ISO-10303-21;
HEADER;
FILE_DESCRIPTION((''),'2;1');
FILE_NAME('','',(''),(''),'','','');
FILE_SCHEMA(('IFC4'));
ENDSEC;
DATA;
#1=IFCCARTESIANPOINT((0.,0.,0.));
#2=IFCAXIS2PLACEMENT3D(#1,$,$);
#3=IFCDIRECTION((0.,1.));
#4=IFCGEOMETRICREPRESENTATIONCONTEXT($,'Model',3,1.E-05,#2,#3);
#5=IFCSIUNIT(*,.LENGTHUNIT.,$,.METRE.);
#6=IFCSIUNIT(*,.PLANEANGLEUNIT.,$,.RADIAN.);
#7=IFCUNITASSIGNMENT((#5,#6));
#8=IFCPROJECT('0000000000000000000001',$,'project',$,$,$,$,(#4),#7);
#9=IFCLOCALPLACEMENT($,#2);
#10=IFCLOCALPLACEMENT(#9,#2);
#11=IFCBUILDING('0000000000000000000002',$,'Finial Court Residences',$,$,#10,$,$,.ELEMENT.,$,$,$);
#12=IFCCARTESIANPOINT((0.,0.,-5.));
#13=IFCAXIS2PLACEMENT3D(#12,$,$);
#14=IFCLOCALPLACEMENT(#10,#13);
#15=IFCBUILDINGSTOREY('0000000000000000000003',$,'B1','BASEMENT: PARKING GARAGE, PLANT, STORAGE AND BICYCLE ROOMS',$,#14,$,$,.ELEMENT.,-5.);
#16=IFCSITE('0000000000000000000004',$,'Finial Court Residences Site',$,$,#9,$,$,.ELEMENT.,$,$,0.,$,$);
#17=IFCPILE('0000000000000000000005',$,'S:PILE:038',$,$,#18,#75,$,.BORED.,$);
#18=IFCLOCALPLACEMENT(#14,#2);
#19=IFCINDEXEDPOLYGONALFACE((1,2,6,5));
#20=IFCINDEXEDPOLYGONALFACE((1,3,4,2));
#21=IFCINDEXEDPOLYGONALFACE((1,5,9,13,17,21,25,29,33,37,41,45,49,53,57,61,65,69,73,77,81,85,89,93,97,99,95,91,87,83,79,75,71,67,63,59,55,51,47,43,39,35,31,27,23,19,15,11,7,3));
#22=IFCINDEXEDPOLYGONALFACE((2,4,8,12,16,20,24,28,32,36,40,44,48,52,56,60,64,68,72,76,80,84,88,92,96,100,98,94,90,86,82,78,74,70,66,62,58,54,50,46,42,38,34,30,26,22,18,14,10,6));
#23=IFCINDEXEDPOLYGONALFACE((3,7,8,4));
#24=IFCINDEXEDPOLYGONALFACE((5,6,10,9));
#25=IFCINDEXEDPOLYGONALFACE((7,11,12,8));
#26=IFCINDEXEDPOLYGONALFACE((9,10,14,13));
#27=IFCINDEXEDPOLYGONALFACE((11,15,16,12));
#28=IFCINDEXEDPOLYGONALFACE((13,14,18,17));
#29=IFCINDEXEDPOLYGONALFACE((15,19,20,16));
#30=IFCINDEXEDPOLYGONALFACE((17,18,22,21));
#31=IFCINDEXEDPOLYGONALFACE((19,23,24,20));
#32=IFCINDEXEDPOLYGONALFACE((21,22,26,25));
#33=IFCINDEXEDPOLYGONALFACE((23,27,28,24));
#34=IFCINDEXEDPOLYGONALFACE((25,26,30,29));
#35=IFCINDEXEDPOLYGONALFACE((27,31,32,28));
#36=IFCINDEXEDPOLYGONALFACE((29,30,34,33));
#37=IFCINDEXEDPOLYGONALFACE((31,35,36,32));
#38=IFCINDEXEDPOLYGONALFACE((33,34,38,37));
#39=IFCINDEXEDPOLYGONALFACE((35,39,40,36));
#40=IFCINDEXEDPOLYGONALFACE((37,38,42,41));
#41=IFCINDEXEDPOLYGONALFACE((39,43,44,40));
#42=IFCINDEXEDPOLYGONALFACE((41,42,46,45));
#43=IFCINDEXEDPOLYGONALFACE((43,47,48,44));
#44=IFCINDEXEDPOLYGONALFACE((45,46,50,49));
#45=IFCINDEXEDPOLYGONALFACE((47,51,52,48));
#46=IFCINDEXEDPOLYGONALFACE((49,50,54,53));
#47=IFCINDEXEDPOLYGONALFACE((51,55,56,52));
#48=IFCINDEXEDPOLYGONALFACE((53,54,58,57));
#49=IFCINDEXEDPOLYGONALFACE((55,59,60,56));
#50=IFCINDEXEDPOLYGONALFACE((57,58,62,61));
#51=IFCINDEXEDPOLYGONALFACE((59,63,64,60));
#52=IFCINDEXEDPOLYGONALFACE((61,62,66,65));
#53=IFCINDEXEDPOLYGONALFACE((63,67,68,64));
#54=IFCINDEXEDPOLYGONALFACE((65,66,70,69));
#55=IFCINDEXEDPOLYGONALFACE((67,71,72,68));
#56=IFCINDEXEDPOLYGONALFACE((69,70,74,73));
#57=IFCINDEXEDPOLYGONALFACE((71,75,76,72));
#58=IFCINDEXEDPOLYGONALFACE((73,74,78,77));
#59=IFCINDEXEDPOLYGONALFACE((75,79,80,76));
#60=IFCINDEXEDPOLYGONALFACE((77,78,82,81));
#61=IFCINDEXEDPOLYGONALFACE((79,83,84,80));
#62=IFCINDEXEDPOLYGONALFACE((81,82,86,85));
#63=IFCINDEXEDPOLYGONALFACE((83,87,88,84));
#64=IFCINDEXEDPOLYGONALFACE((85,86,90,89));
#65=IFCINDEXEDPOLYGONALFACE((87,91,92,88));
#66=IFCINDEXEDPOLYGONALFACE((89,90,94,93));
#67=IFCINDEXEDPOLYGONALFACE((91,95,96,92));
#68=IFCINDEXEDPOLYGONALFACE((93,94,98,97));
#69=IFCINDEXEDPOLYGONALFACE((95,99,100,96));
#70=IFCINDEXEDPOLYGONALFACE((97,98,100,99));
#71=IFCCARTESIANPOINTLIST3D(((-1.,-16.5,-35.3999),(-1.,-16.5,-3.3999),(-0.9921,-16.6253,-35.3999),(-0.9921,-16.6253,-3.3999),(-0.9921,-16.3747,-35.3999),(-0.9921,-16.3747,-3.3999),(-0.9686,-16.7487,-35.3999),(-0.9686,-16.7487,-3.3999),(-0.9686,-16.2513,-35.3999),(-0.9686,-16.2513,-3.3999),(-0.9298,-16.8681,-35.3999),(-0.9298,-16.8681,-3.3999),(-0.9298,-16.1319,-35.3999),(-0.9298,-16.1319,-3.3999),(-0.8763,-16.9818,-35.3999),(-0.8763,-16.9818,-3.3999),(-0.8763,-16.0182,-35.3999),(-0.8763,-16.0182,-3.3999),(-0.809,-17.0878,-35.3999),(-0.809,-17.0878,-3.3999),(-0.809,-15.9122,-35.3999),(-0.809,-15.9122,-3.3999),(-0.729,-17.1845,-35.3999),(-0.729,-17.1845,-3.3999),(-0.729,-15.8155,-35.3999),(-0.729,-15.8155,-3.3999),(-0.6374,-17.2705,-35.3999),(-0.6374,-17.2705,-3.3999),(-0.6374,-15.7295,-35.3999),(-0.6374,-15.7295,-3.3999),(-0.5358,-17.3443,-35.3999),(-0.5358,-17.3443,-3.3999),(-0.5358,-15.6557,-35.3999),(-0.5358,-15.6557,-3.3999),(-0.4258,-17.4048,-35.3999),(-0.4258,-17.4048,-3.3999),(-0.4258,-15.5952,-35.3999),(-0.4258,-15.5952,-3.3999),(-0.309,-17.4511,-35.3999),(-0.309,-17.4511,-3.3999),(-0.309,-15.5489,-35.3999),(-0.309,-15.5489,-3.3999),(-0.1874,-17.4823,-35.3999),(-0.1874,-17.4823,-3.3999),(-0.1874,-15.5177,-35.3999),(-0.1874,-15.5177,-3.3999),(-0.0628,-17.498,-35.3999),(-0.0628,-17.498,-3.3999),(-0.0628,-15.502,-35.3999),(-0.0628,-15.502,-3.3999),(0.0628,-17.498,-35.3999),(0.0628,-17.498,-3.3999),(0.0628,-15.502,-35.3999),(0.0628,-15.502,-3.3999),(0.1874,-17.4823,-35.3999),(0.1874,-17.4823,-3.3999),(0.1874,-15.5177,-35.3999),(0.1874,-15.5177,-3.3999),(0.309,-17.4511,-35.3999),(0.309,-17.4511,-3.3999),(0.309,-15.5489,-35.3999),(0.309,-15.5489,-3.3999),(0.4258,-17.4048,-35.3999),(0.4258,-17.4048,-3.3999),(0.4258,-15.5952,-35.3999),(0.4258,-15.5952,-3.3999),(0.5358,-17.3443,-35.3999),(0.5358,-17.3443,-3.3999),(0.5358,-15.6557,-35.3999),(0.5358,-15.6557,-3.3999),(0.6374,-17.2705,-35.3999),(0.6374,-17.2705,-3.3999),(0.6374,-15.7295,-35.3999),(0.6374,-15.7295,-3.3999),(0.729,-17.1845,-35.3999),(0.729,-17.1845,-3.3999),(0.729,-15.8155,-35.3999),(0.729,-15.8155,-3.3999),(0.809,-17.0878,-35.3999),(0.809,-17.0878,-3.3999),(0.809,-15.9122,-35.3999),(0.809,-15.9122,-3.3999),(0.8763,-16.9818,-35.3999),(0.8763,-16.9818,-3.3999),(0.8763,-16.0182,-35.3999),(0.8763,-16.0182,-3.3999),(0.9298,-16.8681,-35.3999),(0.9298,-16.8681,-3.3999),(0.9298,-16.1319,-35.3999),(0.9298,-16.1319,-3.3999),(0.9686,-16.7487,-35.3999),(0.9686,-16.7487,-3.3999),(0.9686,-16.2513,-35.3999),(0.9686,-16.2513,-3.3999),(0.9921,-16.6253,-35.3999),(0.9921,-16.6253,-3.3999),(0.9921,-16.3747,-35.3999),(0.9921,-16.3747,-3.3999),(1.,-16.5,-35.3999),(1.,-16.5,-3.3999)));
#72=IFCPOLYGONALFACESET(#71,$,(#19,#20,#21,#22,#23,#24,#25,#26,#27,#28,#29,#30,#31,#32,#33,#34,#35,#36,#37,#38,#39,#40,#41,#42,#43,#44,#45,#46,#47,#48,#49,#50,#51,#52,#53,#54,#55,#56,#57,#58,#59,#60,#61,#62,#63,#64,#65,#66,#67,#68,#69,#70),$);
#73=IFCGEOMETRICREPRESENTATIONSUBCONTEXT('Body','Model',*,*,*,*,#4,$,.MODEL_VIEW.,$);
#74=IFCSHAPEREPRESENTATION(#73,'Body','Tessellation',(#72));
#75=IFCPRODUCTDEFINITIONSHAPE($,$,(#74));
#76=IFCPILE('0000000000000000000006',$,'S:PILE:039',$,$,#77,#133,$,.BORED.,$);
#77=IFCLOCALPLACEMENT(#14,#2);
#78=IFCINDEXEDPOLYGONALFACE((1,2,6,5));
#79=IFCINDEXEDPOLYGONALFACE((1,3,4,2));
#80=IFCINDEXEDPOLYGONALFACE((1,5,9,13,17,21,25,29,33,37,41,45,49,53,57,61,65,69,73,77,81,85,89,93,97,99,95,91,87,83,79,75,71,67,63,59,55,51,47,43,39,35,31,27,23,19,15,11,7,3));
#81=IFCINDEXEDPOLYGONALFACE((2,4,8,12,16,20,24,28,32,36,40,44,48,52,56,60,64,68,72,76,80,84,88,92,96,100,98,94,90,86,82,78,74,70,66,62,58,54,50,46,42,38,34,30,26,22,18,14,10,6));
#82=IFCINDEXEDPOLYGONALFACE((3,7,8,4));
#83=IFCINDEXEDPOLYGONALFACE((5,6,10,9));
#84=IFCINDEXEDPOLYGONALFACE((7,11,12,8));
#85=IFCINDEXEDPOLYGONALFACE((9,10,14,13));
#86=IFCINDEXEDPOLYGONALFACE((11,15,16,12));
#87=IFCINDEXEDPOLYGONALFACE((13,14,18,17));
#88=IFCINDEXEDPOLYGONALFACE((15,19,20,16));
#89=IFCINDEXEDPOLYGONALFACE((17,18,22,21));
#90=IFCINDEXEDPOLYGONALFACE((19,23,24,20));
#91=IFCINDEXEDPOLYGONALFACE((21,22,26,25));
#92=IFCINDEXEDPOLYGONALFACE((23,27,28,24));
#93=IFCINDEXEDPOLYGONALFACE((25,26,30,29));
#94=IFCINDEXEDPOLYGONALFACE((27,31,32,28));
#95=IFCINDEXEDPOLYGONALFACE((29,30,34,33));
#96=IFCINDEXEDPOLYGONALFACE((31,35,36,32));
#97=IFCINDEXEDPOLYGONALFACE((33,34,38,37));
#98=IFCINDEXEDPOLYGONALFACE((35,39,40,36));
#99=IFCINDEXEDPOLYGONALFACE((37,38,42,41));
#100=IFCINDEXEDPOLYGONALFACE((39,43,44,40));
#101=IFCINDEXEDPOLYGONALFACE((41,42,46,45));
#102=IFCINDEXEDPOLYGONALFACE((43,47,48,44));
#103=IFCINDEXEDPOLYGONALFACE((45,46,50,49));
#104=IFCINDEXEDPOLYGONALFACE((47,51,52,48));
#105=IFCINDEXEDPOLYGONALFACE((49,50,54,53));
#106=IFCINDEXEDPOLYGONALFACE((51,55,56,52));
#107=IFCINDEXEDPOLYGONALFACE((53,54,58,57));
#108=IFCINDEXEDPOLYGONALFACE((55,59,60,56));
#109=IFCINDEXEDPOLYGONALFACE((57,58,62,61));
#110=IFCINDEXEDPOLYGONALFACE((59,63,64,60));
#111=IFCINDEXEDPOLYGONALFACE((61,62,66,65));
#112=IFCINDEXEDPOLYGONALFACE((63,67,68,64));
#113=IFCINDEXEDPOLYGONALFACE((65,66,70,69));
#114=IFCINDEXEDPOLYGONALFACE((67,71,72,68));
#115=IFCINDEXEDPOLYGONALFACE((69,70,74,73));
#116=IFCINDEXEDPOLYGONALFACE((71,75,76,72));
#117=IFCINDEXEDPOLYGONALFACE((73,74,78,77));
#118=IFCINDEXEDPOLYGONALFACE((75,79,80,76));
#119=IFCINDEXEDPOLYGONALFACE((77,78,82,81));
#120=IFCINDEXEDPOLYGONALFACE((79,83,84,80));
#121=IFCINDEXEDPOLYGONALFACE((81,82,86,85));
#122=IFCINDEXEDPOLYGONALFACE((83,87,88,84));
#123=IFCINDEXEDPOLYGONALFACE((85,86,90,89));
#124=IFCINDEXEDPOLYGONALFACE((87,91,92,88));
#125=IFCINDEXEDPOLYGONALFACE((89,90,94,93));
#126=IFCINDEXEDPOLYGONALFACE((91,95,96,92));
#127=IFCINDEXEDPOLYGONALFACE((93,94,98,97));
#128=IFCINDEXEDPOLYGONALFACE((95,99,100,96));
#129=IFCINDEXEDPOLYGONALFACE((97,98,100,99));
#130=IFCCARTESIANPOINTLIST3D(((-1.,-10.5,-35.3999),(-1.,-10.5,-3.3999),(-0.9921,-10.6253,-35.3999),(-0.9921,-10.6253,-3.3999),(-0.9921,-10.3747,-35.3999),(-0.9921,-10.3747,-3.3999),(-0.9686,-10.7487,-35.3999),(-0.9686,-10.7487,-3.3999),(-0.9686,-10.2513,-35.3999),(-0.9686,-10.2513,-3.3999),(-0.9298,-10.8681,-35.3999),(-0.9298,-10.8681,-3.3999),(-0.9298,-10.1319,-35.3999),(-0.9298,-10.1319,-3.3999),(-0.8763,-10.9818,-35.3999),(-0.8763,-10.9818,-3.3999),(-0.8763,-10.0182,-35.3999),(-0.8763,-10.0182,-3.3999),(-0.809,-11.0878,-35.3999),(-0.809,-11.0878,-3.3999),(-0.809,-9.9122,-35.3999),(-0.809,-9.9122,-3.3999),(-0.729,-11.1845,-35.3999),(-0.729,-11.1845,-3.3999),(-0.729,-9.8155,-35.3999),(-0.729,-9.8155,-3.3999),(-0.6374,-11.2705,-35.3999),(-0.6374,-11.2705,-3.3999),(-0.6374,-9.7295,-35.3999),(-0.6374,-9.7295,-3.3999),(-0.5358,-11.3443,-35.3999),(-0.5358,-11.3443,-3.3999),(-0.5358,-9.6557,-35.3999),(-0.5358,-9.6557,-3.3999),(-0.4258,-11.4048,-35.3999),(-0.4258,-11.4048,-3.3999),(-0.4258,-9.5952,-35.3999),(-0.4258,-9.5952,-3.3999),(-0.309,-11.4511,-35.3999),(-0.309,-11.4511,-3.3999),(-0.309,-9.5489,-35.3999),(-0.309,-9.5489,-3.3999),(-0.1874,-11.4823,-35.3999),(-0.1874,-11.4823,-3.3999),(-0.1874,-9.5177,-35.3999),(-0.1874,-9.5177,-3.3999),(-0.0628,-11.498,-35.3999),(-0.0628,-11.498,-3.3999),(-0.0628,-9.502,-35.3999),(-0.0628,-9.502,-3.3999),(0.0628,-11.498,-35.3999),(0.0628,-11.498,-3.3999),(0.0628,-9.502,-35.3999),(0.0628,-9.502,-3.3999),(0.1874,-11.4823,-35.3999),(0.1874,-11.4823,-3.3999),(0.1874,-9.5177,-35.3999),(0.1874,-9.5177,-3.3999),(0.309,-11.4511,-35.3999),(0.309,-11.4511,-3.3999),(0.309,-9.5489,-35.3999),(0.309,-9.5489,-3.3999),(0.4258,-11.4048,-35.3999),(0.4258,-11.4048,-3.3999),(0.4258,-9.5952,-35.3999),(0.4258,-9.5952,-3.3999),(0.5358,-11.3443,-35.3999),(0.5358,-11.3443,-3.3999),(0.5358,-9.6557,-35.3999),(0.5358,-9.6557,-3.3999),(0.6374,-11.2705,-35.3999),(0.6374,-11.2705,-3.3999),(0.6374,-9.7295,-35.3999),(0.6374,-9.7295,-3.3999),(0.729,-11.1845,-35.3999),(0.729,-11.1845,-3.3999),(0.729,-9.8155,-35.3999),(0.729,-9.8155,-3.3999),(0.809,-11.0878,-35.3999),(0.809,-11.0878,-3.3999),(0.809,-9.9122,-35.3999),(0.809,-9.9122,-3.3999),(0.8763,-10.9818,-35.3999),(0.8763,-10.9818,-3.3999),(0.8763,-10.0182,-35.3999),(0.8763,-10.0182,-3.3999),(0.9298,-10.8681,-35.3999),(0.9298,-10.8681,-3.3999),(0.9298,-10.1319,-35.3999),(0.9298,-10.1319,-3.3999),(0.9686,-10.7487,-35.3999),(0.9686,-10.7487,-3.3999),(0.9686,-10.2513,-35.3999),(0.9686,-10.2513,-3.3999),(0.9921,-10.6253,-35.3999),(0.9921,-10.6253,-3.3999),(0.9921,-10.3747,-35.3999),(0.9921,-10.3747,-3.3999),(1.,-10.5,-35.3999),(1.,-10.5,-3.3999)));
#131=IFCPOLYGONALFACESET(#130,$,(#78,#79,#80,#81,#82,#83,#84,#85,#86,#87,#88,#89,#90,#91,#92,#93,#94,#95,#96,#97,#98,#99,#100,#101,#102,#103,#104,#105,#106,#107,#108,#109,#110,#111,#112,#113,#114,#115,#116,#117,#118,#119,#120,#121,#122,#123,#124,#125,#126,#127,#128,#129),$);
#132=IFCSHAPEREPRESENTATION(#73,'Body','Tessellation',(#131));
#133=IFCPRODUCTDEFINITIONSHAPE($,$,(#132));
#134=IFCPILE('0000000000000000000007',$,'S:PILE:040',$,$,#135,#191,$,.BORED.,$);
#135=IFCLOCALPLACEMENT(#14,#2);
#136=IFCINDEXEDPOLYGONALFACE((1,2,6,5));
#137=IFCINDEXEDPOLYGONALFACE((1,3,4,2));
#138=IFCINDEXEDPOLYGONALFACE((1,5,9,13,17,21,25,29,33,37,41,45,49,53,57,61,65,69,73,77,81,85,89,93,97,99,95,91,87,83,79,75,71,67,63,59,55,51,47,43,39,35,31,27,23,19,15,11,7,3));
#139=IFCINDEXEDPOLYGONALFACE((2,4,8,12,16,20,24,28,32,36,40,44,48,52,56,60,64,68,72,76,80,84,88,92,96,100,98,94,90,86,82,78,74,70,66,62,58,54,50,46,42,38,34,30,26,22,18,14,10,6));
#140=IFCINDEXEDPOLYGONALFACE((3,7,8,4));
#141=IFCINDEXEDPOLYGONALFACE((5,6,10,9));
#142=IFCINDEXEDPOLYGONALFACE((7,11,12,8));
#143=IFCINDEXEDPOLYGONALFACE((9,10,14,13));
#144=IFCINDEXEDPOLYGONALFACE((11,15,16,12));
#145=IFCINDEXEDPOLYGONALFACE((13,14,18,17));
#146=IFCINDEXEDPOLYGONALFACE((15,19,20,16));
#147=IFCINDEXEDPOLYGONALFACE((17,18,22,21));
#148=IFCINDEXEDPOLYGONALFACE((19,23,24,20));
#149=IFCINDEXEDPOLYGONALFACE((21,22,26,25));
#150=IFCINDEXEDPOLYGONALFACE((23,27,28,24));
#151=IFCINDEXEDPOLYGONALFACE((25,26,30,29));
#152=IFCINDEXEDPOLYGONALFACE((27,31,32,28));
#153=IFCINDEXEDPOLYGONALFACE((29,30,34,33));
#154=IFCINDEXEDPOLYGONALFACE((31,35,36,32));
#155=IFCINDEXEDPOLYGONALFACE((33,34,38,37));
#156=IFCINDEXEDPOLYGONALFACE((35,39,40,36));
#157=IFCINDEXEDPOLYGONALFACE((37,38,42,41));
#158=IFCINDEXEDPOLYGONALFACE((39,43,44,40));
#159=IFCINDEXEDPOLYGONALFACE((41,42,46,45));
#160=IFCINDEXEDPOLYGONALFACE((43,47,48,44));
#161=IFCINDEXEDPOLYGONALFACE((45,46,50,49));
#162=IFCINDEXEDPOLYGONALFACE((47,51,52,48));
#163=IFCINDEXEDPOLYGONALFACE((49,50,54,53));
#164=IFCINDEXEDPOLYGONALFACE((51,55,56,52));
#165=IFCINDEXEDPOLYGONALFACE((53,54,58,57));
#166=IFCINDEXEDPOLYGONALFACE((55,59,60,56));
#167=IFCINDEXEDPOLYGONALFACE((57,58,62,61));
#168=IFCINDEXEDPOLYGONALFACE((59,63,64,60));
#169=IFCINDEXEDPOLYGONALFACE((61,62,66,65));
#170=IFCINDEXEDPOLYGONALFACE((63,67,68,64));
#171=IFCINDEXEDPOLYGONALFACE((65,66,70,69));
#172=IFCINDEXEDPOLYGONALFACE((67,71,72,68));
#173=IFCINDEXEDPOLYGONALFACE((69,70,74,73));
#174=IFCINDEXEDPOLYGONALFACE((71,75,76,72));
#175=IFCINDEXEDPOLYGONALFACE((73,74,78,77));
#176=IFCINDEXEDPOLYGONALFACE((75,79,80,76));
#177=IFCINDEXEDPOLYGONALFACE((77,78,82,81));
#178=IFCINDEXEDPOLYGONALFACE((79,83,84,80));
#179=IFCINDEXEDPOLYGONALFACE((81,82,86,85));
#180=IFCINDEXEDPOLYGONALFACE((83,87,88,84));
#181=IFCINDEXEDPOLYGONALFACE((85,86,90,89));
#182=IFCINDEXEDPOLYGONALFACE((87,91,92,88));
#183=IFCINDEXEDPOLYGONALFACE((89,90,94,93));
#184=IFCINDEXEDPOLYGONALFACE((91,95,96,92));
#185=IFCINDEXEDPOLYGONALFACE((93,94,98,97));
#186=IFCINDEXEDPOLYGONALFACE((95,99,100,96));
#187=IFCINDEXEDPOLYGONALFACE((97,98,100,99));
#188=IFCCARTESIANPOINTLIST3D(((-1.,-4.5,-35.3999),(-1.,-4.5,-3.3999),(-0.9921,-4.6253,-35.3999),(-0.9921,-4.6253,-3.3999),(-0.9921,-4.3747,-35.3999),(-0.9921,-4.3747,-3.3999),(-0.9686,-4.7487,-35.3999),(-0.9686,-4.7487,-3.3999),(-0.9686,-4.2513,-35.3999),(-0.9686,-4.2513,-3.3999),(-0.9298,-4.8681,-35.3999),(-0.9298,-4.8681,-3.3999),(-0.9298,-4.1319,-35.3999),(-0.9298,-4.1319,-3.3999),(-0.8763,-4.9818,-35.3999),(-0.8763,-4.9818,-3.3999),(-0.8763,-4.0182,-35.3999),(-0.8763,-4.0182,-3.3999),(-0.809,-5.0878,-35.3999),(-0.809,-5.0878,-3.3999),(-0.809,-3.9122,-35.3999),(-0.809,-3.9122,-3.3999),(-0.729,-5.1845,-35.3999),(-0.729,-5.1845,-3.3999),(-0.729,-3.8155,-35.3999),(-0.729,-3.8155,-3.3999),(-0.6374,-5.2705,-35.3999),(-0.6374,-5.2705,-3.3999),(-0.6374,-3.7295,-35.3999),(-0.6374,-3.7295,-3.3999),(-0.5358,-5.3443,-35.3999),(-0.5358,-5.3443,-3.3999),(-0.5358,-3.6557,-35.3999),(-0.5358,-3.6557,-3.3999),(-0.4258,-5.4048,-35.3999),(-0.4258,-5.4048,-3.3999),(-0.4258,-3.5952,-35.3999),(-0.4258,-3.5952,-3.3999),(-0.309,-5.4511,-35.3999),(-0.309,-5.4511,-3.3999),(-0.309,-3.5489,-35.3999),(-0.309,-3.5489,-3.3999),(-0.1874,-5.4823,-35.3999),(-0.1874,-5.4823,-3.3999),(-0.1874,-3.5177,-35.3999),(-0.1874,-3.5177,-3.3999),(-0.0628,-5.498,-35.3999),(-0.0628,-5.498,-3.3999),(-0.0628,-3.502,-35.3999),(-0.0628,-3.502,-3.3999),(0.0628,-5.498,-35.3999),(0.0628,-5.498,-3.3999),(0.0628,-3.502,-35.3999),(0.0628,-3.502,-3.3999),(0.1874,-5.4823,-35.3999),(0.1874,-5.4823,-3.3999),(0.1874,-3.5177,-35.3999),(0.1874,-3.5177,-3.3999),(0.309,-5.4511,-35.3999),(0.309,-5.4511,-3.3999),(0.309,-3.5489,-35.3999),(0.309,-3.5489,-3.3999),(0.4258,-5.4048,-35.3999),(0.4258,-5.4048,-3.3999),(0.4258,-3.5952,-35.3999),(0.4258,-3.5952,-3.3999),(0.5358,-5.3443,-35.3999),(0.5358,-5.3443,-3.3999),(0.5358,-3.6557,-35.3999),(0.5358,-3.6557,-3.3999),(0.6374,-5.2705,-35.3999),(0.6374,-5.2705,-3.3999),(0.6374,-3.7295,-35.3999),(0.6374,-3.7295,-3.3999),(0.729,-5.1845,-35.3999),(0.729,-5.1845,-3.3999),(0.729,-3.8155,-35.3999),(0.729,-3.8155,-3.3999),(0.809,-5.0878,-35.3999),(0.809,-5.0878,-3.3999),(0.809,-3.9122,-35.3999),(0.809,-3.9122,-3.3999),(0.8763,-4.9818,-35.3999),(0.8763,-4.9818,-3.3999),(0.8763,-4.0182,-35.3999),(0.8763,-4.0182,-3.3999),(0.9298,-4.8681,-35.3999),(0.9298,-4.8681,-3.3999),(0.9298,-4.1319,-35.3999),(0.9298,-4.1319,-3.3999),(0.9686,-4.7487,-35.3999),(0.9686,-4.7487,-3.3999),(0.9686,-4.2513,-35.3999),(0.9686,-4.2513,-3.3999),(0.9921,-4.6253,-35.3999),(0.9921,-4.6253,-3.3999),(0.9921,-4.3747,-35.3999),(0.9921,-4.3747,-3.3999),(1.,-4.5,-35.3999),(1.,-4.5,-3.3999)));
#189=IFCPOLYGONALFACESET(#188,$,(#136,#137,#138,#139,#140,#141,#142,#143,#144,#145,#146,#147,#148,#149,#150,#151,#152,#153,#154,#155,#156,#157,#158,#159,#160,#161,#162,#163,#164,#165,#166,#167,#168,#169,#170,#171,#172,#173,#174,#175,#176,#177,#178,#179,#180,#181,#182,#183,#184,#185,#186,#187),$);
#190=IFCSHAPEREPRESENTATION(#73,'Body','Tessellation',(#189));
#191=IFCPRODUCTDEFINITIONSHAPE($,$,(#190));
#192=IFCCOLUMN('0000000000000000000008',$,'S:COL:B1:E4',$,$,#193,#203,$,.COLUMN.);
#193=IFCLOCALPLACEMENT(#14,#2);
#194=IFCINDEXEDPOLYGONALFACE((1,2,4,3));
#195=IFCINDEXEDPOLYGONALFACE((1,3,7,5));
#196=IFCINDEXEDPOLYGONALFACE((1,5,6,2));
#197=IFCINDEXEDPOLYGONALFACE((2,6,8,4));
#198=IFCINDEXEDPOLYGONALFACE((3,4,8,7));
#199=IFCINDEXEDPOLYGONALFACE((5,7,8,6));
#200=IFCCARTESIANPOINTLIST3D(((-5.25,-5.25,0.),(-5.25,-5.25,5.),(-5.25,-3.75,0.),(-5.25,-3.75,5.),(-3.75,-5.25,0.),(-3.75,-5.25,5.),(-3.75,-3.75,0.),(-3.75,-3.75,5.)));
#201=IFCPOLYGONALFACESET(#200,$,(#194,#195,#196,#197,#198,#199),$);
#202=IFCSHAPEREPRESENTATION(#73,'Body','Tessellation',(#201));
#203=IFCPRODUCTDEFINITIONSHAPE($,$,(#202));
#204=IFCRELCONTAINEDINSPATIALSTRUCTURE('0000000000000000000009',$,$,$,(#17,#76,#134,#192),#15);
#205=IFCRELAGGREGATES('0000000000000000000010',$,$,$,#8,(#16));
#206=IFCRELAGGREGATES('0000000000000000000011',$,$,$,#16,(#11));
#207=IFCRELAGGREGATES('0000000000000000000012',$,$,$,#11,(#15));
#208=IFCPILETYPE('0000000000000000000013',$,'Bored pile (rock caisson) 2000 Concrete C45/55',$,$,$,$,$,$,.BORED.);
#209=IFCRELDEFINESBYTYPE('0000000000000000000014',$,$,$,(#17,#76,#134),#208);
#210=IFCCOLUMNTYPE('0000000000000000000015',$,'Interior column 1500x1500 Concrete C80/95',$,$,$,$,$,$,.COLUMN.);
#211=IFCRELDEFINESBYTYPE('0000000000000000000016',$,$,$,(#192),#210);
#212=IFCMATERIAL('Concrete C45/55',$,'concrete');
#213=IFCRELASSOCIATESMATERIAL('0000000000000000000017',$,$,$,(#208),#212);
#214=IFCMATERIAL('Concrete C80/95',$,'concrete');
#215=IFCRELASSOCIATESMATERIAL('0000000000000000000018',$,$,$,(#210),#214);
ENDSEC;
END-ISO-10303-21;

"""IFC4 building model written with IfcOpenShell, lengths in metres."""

from ifc_helpers import new_model, si_unit, direction, frame, origin, origin_2d, place, context, subcontext, project, spatial, rectangle, circle, extrude, material, material_profile, profile_set, type_object, element, save


model = new_model("IFC4")

# Units and contexts
model_context = context("Model", 3, precision=1e-05, world=origin(), true_north=direction((0.0, 1.0)))
body_context = subcontext(model_context, "Body", "Model", "MODEL_VIEW")
ifc_project = project(units=[si_unit("LENGTHUNIT", "METRE"), si_unit("PLANEANGLEUNIT", "RADIAN")], contexts=[model_context])

# Site, building, storey
site_placement = place(None, origin())
site = spatial("IfcSite", under=ifc_project, at=site_placement, Name="Finial Court Residences Site", CompositionType="ELEMENT", RefElevation=0.0)
building_placement = place(site_placement, origin())
building = spatial("IfcBuilding", under=site, at=building_placement, Name="Finial Court Residences", CompositionType="ELEMENT")
storey_placement = place(building_placement, frame((0.0, 0.0, -5.0)))
storey = spatial("IfcBuildingStorey", under=building, at=storey_placement, Name="B1", Description="BASEMENT: PARKING GARAGE, PLANT, STORAGE AND BICYCLE ROOMS", CompositionType="ELEMENT", Elevation=-5.0)

# Piles
ifc_material_1 = material(Name="Concrete C45/55", Category="concrete")
ifc_material_profile_1 = material_profile(ifc_material_1, circle(Radius=1.0, at=origin_2d()), Name="D2000")
ifc_profile_set_1 = profile_set([ifc_material_profile_1], Name="Concrete C45/55")
pile_type = type_object("IfcPileType", Name="Bored pile (rock caisson) 2000 Concrete C45/55", PredefinedType="BORED", material=ifc_profile_set_1)
for number, where, z_axis, x_axis, name in (
    (1, (0.0, -16.5, -3.3999), (0.0, 0.0, -1.0), (1.0, 0.0, 0.0), "S:PILE:038"),
    (2, (0.0, -10.5, -3.3999), (0.0, 0.0, -1.0), (1.0, 0.0, 0.0), "S:PILE:039"),
    (3, (0.0, -4.5, -3.3999), (0.0, 0.0, -1.0), (1.0, 0.0, 0.0), "S:PILE:040"),
):
    element("IfcPile", number, at=place(storey_placement, frame(where, z_axis=z_axis, x_axis=x_axis)), inside=storey, type_object=pile_type, Name=name, PredefinedType="BORED", context=body_context, shape_type="SweptSolid", body=[
        extrude(circle(Radius=1.0, at=origin_2d()), origin(), (0.0, 0.0, 1.0), 32.0),
    ])

# Column
ifc_material_2 = material(Name="Concrete C80/95", Category="concrete")
ifc_material_profile_2 = material_profile(ifc_material_2, rectangle(XDim=1.5, YDim=1.5, at=origin_2d()), Name="1500x1500")
ifc_profile_set_2 = profile_set([ifc_material_profile_2], Name="Concrete C80/95")
column_type = type_object("IfcColumnType", Name="Interior column 1500x1500 Concrete C80/95", PredefinedType="COLUMN", material=ifc_profile_set_2)
column_placement = place(storey_placement, frame((-4.5, -4.5, 0.0), z_axis=(0.0, 0.0, 1.0), x_axis=(1.0, 0.0, 0.0)))
element("IfcColumn", 4, at=column_placement, inside=storey, type_object=column_type, Name="S:COL:B1:E4", PredefinedType="COLUMN", context=body_context, shape_type="SweptSolid", body=[
    extrude(rectangle(XDim=1.5, YDim=1.5, at=origin_2d()), origin(), (0.0, 0.0, 1.0), 5.0),
])

save(model, "model.ifc")
